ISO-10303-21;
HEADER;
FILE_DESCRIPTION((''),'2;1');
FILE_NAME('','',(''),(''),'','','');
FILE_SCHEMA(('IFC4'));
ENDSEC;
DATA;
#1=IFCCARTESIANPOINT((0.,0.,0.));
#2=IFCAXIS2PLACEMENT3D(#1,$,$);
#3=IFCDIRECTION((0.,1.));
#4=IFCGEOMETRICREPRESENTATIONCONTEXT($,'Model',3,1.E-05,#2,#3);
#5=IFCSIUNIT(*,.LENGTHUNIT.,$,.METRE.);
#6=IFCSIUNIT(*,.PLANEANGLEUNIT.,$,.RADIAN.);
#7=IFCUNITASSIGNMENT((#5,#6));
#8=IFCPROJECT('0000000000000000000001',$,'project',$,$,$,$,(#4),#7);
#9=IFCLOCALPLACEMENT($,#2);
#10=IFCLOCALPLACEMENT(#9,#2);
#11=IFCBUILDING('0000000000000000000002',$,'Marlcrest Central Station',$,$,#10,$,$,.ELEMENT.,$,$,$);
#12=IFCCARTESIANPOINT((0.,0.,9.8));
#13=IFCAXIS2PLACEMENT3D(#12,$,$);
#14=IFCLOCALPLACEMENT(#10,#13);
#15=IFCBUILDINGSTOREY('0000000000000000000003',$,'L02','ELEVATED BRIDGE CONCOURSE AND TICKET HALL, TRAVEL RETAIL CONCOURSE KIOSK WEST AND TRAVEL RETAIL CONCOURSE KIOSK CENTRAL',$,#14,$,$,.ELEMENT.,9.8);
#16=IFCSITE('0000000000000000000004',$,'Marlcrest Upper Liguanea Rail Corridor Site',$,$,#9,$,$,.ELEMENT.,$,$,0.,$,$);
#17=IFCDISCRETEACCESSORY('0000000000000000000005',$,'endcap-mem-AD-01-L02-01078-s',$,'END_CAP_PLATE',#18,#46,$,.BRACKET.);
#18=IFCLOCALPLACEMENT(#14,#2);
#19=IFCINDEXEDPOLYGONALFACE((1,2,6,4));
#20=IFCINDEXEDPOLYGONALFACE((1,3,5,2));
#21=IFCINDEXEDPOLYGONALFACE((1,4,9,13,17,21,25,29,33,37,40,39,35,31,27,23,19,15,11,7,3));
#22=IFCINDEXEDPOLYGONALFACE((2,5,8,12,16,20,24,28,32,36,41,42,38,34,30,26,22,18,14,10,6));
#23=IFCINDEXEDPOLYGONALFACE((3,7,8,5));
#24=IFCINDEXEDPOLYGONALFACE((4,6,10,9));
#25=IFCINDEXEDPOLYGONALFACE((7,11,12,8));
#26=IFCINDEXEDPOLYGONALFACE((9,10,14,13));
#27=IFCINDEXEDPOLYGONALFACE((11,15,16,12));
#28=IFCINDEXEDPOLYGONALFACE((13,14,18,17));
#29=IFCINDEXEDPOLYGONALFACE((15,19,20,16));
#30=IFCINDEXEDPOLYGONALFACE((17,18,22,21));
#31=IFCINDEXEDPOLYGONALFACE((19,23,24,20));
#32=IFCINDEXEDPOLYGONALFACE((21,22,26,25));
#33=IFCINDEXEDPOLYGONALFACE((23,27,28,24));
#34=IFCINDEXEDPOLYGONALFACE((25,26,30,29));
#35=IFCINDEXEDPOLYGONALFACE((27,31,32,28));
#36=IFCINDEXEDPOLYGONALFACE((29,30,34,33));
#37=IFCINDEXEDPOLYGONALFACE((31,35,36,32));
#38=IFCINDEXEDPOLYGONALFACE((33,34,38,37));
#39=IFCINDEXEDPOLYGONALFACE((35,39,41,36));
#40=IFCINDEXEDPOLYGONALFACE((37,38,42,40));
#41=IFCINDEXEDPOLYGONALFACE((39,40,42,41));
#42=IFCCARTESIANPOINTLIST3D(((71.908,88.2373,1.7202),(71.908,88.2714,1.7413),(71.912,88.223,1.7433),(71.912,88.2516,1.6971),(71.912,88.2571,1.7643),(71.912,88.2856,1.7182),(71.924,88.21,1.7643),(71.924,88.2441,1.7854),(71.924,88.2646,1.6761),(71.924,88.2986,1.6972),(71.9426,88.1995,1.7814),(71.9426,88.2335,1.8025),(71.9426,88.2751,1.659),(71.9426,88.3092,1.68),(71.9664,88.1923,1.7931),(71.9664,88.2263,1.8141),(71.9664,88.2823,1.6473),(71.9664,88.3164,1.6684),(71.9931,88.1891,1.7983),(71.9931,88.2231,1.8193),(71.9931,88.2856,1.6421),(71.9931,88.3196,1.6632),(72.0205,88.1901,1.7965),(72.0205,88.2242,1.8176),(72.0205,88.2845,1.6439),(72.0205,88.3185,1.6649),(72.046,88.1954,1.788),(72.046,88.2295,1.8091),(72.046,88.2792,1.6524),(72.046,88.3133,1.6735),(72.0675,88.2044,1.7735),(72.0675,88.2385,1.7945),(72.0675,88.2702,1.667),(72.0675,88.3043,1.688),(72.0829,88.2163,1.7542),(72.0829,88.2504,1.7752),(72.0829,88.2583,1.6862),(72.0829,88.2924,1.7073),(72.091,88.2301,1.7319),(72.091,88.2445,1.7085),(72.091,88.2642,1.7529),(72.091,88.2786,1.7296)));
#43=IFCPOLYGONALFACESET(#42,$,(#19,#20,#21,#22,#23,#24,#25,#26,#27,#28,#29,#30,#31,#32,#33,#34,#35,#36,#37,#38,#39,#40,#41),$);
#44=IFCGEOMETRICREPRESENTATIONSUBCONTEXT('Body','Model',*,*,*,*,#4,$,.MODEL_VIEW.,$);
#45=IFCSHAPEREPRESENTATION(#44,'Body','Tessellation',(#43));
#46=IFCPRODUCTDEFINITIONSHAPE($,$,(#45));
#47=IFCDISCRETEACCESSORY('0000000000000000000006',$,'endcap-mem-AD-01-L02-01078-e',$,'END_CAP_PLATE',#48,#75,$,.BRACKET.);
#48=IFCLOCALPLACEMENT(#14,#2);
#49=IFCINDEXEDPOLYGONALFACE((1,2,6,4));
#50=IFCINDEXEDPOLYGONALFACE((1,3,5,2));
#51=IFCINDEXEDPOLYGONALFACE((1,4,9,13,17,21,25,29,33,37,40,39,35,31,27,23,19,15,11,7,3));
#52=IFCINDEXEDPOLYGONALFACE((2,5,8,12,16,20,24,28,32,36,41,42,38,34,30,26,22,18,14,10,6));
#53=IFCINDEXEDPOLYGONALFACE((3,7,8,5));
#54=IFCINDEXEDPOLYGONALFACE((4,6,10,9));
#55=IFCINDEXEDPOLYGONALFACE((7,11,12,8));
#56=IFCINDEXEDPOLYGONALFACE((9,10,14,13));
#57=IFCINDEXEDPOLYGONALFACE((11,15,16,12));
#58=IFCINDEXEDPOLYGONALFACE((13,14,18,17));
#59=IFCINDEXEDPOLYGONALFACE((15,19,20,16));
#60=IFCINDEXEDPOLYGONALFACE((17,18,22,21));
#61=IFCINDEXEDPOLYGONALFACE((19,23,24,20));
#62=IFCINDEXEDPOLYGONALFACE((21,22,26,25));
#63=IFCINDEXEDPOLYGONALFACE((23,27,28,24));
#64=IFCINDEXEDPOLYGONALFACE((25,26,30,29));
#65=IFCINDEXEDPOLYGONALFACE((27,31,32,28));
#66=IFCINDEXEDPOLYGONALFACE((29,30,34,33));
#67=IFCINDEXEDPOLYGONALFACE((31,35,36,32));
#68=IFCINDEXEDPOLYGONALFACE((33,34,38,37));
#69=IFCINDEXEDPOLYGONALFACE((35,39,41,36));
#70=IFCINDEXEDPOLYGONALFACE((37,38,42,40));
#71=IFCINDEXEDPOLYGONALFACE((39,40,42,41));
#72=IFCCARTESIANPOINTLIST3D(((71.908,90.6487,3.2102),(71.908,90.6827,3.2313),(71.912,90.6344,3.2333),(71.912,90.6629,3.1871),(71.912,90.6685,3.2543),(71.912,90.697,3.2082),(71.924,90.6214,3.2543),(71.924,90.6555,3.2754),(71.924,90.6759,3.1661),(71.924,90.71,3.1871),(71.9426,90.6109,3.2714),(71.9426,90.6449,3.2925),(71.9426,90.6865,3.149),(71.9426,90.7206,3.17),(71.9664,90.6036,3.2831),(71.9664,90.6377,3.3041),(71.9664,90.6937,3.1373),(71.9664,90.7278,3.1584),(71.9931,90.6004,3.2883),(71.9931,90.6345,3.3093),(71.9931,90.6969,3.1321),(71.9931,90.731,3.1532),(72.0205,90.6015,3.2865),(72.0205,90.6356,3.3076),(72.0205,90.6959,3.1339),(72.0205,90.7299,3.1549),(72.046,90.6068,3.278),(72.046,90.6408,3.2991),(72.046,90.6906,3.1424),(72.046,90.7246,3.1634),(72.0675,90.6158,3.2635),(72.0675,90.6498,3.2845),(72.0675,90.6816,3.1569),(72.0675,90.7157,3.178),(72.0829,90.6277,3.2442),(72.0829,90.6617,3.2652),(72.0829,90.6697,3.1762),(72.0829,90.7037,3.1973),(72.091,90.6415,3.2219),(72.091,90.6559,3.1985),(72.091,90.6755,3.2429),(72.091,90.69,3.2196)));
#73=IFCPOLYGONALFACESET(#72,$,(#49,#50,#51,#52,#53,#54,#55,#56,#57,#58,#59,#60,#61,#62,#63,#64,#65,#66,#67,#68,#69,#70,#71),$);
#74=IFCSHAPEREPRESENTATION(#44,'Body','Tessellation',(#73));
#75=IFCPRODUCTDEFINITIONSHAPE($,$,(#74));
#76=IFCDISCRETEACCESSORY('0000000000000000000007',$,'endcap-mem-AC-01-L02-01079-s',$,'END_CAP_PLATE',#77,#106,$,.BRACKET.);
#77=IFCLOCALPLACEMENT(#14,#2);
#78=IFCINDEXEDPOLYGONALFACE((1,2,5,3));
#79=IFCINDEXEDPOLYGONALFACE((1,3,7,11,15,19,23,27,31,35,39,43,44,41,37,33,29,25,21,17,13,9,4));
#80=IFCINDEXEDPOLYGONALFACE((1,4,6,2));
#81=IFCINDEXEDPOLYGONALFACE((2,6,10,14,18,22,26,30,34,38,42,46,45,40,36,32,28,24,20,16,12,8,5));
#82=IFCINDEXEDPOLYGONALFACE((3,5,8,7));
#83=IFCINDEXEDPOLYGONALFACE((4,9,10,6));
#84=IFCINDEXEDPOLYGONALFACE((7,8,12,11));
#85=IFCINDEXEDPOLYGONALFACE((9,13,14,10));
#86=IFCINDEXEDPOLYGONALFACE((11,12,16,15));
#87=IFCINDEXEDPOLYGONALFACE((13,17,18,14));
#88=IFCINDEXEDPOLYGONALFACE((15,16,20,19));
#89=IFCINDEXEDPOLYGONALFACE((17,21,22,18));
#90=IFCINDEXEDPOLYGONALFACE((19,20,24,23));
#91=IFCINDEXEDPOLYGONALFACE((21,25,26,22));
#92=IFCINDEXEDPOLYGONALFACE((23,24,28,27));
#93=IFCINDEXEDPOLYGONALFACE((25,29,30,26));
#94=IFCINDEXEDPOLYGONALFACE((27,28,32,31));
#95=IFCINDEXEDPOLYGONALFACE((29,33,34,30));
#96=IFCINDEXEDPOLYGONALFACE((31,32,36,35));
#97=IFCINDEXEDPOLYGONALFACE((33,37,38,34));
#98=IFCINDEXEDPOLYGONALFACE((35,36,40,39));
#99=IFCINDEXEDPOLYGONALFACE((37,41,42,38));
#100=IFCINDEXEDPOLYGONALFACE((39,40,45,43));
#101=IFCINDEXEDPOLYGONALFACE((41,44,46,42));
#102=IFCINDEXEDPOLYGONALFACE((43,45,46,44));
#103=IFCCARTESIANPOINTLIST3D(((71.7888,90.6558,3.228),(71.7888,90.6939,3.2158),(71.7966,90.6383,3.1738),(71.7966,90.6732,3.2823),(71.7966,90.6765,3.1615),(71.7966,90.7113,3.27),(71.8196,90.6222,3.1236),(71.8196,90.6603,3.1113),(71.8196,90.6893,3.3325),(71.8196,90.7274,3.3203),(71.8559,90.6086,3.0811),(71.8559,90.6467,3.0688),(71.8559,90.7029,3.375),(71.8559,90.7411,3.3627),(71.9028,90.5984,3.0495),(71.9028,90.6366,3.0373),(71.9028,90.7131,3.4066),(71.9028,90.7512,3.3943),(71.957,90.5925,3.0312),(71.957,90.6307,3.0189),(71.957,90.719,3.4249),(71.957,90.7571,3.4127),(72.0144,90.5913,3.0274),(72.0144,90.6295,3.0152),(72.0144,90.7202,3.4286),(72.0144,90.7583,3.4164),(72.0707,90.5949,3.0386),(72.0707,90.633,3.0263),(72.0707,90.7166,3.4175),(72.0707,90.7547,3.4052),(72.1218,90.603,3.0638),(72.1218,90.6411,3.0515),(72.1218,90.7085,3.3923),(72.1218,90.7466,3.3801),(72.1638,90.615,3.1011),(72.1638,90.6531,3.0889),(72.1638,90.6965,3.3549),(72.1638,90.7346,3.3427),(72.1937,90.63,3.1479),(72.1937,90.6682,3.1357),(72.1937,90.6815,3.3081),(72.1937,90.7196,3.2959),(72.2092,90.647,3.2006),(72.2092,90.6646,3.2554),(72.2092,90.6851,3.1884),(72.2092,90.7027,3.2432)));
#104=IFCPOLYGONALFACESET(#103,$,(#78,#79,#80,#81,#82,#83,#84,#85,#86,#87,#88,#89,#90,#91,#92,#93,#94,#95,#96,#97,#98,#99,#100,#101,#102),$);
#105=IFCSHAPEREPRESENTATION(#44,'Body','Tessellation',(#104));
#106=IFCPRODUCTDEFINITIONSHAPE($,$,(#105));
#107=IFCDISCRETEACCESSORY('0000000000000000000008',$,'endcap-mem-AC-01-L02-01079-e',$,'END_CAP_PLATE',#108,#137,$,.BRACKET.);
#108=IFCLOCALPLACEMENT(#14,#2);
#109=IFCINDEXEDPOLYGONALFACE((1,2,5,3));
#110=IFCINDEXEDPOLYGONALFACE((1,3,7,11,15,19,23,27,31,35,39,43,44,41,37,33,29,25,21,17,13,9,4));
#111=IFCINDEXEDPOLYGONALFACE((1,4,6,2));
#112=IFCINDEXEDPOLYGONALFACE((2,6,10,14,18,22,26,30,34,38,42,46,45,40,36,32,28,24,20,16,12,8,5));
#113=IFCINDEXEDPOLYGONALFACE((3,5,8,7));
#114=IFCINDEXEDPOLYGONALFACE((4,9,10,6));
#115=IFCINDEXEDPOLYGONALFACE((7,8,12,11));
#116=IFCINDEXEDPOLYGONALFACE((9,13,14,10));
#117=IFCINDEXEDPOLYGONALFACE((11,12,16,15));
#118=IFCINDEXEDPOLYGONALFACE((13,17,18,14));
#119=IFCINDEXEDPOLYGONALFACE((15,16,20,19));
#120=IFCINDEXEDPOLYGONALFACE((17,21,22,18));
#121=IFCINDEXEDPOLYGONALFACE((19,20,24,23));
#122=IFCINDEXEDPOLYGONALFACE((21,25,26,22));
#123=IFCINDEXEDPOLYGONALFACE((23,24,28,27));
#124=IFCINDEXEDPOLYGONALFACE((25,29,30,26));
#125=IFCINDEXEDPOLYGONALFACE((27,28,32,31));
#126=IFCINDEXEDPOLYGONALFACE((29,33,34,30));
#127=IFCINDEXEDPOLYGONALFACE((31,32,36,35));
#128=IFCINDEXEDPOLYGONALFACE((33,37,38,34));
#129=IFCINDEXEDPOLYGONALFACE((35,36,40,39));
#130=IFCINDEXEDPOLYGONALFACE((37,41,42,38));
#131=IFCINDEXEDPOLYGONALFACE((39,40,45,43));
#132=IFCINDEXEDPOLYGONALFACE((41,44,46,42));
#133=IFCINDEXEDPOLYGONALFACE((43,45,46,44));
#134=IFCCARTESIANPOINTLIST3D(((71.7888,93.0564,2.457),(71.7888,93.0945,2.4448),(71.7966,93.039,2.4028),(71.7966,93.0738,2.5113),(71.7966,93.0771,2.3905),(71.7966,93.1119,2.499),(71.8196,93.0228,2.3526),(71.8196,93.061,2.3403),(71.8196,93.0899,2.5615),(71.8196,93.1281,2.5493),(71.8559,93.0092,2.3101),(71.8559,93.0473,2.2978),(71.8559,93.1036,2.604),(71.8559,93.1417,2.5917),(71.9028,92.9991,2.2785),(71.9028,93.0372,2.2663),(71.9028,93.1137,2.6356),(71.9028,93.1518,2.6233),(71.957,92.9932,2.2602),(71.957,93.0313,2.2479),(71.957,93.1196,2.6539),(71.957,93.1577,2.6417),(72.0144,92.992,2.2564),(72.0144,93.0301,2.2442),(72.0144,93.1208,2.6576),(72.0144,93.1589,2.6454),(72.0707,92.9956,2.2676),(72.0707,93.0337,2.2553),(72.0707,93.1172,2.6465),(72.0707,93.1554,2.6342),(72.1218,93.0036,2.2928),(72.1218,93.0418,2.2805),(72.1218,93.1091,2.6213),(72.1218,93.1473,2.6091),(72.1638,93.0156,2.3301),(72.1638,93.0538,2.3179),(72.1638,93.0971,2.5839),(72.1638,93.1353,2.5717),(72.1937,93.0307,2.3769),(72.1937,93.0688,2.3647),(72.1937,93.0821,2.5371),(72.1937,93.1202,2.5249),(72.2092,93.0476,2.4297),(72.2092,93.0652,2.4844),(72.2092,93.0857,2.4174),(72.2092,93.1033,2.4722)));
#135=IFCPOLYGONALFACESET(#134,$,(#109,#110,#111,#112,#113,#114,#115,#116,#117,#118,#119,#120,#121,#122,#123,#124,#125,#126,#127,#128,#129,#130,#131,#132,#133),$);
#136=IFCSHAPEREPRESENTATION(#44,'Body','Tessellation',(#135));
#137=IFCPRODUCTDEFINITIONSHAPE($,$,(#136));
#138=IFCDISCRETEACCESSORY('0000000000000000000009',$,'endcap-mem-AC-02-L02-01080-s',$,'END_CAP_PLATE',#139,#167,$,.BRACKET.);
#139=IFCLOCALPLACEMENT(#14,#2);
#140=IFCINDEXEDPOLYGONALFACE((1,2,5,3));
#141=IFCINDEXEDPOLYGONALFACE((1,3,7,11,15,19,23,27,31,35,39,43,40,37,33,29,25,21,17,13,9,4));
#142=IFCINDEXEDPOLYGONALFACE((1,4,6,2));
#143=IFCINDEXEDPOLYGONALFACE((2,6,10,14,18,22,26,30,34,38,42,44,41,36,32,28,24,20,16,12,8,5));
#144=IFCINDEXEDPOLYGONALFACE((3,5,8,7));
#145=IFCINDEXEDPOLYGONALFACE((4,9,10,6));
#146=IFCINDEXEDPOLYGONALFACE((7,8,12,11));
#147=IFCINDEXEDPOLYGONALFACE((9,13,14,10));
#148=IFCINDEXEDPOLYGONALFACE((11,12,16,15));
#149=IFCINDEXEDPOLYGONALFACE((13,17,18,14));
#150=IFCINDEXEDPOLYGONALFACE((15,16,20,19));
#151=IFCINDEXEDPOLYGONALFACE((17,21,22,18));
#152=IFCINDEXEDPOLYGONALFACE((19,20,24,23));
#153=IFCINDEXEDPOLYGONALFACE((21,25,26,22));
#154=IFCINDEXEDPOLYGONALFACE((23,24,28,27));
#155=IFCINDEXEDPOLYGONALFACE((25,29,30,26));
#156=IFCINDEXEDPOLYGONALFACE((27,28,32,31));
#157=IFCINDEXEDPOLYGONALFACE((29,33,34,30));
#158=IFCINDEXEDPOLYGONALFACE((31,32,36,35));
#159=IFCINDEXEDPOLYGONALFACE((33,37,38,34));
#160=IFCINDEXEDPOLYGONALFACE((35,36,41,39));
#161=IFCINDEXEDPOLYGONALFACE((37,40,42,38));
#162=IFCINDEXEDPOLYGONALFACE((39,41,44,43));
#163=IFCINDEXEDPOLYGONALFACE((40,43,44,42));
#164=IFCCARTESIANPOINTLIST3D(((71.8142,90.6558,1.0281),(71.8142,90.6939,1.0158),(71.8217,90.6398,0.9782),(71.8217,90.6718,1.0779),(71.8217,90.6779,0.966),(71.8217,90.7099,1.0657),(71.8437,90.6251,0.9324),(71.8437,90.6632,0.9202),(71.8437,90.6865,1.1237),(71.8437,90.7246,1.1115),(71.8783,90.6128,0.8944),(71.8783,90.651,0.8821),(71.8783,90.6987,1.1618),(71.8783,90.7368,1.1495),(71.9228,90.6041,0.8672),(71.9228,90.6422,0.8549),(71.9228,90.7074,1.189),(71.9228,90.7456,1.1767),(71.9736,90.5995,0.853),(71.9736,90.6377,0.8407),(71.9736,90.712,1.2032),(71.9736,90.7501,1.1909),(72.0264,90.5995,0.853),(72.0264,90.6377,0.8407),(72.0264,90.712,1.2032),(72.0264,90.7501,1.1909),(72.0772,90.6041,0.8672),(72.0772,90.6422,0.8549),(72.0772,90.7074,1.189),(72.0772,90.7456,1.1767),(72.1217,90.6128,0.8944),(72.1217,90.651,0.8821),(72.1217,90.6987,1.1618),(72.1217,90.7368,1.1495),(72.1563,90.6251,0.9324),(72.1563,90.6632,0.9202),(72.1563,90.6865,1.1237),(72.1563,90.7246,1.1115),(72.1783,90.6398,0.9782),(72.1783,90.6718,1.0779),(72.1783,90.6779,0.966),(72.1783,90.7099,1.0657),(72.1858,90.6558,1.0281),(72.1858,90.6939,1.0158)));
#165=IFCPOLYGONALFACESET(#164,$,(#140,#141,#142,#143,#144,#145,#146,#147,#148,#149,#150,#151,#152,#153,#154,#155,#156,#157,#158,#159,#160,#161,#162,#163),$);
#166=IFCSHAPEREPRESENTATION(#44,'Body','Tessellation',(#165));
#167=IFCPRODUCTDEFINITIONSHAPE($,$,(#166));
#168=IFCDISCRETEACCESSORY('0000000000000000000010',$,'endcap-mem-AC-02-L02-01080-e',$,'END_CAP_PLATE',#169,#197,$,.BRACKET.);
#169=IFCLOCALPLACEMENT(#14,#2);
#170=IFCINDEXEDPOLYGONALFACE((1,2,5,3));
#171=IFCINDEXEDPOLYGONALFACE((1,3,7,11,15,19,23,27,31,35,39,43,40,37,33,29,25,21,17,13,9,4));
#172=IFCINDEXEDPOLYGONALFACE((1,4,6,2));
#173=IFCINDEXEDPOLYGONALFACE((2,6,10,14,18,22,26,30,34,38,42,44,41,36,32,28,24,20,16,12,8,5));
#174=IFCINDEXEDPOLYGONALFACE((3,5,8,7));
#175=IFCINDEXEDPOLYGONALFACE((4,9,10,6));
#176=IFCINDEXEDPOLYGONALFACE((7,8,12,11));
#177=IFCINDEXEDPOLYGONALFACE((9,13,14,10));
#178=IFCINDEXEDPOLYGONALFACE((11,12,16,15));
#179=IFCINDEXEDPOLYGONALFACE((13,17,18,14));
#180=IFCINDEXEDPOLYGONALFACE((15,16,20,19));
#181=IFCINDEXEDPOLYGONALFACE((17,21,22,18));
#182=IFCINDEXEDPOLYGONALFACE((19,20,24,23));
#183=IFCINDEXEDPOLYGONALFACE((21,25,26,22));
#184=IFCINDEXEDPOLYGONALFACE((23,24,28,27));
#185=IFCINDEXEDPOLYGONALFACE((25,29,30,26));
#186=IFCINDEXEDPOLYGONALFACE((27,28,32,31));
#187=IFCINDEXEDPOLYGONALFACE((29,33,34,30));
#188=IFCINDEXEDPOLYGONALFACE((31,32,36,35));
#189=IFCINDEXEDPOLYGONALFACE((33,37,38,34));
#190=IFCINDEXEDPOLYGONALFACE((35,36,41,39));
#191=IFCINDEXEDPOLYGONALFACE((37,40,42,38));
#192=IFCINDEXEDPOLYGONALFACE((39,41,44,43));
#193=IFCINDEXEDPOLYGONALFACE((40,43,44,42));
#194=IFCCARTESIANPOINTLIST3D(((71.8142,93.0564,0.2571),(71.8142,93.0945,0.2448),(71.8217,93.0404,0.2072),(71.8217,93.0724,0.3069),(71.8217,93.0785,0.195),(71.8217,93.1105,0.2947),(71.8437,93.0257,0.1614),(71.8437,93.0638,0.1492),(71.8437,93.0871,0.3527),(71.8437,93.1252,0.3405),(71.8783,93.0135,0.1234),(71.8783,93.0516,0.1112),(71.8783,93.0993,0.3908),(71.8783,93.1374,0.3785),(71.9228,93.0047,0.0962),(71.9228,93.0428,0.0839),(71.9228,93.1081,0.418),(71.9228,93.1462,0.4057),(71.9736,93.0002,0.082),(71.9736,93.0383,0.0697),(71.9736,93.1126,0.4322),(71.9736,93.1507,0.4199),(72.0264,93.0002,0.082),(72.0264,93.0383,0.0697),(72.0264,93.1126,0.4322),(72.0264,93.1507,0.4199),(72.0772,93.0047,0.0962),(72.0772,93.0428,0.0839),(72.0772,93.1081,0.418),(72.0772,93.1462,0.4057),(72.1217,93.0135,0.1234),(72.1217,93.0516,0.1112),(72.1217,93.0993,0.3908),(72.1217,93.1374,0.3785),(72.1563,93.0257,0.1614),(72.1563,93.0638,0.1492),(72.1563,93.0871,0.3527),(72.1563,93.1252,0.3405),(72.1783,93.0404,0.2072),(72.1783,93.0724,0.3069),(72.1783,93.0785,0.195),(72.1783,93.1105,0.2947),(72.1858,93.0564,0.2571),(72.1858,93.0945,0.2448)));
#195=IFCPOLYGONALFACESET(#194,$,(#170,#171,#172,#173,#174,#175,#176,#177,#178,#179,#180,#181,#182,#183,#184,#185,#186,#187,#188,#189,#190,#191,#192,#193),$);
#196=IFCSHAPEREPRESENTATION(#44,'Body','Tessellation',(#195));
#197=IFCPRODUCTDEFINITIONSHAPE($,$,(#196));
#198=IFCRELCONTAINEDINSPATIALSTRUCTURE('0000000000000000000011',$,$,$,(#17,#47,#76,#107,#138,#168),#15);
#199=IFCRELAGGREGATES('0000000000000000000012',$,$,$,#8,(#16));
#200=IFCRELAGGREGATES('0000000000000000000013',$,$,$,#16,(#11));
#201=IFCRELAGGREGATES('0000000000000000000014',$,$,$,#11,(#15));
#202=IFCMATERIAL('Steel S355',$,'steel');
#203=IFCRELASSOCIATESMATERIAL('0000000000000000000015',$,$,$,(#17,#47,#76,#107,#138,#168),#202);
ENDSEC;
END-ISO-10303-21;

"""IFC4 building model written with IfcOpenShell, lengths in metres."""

from ifc_helpers import new_model, si_unit, direction, frame, origin, origin_2d, place, context, subcontext, project, spatial, circle, extrude, material, element, save


model = new_model("IFC4")

# Units and contexts
model_context = context("Model", 3, precision=1e-05, world=origin(), true_north=direction((0.0, 1.0)))
body_context = subcontext(model_context, "Body", "Model", "MODEL_VIEW")
ifc_project = project(units=[si_unit("LENGTHUNIT", "METRE"), si_unit("PLANEANGLEUNIT", "RADIAN")], contexts=[model_context])

# Site, building, storey
site_placement = place(None, origin())
site = spatial("IfcSite", under=ifc_project, at=site_placement, Name="Marlcrest Upper Liguanea Rail Corridor Site", CompositionType="ELEMENT", RefElevation=0.0)
building_placement = place(site_placement, origin())
building = spatial("IfcBuilding", under=site, at=building_placement, Name="Marlcrest Central Station", CompositionType="ELEMENT")
storey_placement = place(building_placement, frame((0.0, 0.0, 9.8)))
storey = spatial("IfcBuildingStorey", under=building, at=storey_placement, Name="L02", Description="ELEVATED BRIDGE CONCOURSE AND TICKET HALL, TRAVEL RETAIL CONCOURSE KIOSK WEST AND TRAVEL RETAIL CONCOURSE KIOSK CENTRAL", CompositionType="ELEMENT", Elevation=9.8)

# Shared definitions
ifc_material = material(Name="Steel S355", Category="steel")

# Discrete accessories
for number, where, z_axis, x_axis, name in (
    (1, (72.0, 88.2373, 1.7202), (0.0, 0.850687, 0.525672), (-1.0, 0.0, 0.0), "endcap-mem-AD-01-L02-01078-s"),
    (2, (72.0, 90.6487, 3.2102), (0.0, 0.850687, 0.525672), (-1.0, 0.0, 0.0), "endcap-mem-AD-01-L02-01078-e"),
):
    element("IfcDiscreteAccessory", number, at=place(storey_placement, frame(where, z_axis=z_axis, x_axis=x_axis)), inside=storey, material=ifc_material, Name=name, ObjectType="END_CAP_PLATE", PredefinedType="BRACKET", context=body_context, shape_type="SweptSolid", body=[
        extrude(circle(Radius=0.092, at=origin_2d()), origin(), (0.0, 0.0, 1.0), 0.04),
    ])
for number, where, z_axis, x_axis, name in (
    (3, (72.0, 90.6558, 3.228), (0.0, 0.952117, -0.305734), (-1.0, 0.0, 0.0), "endcap-mem-AC-01-L02-01079-s"),
    (4, (72.0, 93.0564, 2.457), (0.0, 0.952117, -0.305734), (-1.0, 0.0, 0.0), "endcap-mem-AC-01-L02-01079-e"),
):
    element("IfcDiscreteAccessory", number, at=place(storey_placement, frame(where, z_axis=z_axis, x_axis=x_axis)), inside=storey, material=ifc_material, Name=name, ObjectType="END_CAP_PLATE", PredefinedType="BRACKET", context=body_context, shape_type="SweptSolid", body=[
        extrude(circle(Radius=0.2112, at=origin_2d()), origin(), (0.0, 0.0, 1.0), 0.04),
    ])
for number, where, z_axis, x_axis, name in (
    (5, (72.0, 90.6558, 1.0281), (0.0, 0.952117, -0.305734), (-1.0, 0.0, 0.0), "endcap-mem-AC-02-L02-01080-s"),
    (6, (72.0, 93.0564, 0.2571), (0.0, 0.952117, -0.305734), (-1.0, 0.0, 0.0), "endcap-mem-AC-02-L02-01080-e"),
):
    element("IfcDiscreteAccessory", number, at=place(storey_placement, frame(where, z_axis=z_axis, x_axis=x_axis)), inside=storey, material=ifc_material, Name=name, ObjectType="END_CAP_PLATE", PredefinedType="BRACKET", context=body_context, shape_type="SweptSolid", body=[
        extrude(circle(Radius=0.1858, at=origin_2d()), origin(), (0.0, 0.0, 1.0), 0.04),
    ])

save(model, "model.ifc")
